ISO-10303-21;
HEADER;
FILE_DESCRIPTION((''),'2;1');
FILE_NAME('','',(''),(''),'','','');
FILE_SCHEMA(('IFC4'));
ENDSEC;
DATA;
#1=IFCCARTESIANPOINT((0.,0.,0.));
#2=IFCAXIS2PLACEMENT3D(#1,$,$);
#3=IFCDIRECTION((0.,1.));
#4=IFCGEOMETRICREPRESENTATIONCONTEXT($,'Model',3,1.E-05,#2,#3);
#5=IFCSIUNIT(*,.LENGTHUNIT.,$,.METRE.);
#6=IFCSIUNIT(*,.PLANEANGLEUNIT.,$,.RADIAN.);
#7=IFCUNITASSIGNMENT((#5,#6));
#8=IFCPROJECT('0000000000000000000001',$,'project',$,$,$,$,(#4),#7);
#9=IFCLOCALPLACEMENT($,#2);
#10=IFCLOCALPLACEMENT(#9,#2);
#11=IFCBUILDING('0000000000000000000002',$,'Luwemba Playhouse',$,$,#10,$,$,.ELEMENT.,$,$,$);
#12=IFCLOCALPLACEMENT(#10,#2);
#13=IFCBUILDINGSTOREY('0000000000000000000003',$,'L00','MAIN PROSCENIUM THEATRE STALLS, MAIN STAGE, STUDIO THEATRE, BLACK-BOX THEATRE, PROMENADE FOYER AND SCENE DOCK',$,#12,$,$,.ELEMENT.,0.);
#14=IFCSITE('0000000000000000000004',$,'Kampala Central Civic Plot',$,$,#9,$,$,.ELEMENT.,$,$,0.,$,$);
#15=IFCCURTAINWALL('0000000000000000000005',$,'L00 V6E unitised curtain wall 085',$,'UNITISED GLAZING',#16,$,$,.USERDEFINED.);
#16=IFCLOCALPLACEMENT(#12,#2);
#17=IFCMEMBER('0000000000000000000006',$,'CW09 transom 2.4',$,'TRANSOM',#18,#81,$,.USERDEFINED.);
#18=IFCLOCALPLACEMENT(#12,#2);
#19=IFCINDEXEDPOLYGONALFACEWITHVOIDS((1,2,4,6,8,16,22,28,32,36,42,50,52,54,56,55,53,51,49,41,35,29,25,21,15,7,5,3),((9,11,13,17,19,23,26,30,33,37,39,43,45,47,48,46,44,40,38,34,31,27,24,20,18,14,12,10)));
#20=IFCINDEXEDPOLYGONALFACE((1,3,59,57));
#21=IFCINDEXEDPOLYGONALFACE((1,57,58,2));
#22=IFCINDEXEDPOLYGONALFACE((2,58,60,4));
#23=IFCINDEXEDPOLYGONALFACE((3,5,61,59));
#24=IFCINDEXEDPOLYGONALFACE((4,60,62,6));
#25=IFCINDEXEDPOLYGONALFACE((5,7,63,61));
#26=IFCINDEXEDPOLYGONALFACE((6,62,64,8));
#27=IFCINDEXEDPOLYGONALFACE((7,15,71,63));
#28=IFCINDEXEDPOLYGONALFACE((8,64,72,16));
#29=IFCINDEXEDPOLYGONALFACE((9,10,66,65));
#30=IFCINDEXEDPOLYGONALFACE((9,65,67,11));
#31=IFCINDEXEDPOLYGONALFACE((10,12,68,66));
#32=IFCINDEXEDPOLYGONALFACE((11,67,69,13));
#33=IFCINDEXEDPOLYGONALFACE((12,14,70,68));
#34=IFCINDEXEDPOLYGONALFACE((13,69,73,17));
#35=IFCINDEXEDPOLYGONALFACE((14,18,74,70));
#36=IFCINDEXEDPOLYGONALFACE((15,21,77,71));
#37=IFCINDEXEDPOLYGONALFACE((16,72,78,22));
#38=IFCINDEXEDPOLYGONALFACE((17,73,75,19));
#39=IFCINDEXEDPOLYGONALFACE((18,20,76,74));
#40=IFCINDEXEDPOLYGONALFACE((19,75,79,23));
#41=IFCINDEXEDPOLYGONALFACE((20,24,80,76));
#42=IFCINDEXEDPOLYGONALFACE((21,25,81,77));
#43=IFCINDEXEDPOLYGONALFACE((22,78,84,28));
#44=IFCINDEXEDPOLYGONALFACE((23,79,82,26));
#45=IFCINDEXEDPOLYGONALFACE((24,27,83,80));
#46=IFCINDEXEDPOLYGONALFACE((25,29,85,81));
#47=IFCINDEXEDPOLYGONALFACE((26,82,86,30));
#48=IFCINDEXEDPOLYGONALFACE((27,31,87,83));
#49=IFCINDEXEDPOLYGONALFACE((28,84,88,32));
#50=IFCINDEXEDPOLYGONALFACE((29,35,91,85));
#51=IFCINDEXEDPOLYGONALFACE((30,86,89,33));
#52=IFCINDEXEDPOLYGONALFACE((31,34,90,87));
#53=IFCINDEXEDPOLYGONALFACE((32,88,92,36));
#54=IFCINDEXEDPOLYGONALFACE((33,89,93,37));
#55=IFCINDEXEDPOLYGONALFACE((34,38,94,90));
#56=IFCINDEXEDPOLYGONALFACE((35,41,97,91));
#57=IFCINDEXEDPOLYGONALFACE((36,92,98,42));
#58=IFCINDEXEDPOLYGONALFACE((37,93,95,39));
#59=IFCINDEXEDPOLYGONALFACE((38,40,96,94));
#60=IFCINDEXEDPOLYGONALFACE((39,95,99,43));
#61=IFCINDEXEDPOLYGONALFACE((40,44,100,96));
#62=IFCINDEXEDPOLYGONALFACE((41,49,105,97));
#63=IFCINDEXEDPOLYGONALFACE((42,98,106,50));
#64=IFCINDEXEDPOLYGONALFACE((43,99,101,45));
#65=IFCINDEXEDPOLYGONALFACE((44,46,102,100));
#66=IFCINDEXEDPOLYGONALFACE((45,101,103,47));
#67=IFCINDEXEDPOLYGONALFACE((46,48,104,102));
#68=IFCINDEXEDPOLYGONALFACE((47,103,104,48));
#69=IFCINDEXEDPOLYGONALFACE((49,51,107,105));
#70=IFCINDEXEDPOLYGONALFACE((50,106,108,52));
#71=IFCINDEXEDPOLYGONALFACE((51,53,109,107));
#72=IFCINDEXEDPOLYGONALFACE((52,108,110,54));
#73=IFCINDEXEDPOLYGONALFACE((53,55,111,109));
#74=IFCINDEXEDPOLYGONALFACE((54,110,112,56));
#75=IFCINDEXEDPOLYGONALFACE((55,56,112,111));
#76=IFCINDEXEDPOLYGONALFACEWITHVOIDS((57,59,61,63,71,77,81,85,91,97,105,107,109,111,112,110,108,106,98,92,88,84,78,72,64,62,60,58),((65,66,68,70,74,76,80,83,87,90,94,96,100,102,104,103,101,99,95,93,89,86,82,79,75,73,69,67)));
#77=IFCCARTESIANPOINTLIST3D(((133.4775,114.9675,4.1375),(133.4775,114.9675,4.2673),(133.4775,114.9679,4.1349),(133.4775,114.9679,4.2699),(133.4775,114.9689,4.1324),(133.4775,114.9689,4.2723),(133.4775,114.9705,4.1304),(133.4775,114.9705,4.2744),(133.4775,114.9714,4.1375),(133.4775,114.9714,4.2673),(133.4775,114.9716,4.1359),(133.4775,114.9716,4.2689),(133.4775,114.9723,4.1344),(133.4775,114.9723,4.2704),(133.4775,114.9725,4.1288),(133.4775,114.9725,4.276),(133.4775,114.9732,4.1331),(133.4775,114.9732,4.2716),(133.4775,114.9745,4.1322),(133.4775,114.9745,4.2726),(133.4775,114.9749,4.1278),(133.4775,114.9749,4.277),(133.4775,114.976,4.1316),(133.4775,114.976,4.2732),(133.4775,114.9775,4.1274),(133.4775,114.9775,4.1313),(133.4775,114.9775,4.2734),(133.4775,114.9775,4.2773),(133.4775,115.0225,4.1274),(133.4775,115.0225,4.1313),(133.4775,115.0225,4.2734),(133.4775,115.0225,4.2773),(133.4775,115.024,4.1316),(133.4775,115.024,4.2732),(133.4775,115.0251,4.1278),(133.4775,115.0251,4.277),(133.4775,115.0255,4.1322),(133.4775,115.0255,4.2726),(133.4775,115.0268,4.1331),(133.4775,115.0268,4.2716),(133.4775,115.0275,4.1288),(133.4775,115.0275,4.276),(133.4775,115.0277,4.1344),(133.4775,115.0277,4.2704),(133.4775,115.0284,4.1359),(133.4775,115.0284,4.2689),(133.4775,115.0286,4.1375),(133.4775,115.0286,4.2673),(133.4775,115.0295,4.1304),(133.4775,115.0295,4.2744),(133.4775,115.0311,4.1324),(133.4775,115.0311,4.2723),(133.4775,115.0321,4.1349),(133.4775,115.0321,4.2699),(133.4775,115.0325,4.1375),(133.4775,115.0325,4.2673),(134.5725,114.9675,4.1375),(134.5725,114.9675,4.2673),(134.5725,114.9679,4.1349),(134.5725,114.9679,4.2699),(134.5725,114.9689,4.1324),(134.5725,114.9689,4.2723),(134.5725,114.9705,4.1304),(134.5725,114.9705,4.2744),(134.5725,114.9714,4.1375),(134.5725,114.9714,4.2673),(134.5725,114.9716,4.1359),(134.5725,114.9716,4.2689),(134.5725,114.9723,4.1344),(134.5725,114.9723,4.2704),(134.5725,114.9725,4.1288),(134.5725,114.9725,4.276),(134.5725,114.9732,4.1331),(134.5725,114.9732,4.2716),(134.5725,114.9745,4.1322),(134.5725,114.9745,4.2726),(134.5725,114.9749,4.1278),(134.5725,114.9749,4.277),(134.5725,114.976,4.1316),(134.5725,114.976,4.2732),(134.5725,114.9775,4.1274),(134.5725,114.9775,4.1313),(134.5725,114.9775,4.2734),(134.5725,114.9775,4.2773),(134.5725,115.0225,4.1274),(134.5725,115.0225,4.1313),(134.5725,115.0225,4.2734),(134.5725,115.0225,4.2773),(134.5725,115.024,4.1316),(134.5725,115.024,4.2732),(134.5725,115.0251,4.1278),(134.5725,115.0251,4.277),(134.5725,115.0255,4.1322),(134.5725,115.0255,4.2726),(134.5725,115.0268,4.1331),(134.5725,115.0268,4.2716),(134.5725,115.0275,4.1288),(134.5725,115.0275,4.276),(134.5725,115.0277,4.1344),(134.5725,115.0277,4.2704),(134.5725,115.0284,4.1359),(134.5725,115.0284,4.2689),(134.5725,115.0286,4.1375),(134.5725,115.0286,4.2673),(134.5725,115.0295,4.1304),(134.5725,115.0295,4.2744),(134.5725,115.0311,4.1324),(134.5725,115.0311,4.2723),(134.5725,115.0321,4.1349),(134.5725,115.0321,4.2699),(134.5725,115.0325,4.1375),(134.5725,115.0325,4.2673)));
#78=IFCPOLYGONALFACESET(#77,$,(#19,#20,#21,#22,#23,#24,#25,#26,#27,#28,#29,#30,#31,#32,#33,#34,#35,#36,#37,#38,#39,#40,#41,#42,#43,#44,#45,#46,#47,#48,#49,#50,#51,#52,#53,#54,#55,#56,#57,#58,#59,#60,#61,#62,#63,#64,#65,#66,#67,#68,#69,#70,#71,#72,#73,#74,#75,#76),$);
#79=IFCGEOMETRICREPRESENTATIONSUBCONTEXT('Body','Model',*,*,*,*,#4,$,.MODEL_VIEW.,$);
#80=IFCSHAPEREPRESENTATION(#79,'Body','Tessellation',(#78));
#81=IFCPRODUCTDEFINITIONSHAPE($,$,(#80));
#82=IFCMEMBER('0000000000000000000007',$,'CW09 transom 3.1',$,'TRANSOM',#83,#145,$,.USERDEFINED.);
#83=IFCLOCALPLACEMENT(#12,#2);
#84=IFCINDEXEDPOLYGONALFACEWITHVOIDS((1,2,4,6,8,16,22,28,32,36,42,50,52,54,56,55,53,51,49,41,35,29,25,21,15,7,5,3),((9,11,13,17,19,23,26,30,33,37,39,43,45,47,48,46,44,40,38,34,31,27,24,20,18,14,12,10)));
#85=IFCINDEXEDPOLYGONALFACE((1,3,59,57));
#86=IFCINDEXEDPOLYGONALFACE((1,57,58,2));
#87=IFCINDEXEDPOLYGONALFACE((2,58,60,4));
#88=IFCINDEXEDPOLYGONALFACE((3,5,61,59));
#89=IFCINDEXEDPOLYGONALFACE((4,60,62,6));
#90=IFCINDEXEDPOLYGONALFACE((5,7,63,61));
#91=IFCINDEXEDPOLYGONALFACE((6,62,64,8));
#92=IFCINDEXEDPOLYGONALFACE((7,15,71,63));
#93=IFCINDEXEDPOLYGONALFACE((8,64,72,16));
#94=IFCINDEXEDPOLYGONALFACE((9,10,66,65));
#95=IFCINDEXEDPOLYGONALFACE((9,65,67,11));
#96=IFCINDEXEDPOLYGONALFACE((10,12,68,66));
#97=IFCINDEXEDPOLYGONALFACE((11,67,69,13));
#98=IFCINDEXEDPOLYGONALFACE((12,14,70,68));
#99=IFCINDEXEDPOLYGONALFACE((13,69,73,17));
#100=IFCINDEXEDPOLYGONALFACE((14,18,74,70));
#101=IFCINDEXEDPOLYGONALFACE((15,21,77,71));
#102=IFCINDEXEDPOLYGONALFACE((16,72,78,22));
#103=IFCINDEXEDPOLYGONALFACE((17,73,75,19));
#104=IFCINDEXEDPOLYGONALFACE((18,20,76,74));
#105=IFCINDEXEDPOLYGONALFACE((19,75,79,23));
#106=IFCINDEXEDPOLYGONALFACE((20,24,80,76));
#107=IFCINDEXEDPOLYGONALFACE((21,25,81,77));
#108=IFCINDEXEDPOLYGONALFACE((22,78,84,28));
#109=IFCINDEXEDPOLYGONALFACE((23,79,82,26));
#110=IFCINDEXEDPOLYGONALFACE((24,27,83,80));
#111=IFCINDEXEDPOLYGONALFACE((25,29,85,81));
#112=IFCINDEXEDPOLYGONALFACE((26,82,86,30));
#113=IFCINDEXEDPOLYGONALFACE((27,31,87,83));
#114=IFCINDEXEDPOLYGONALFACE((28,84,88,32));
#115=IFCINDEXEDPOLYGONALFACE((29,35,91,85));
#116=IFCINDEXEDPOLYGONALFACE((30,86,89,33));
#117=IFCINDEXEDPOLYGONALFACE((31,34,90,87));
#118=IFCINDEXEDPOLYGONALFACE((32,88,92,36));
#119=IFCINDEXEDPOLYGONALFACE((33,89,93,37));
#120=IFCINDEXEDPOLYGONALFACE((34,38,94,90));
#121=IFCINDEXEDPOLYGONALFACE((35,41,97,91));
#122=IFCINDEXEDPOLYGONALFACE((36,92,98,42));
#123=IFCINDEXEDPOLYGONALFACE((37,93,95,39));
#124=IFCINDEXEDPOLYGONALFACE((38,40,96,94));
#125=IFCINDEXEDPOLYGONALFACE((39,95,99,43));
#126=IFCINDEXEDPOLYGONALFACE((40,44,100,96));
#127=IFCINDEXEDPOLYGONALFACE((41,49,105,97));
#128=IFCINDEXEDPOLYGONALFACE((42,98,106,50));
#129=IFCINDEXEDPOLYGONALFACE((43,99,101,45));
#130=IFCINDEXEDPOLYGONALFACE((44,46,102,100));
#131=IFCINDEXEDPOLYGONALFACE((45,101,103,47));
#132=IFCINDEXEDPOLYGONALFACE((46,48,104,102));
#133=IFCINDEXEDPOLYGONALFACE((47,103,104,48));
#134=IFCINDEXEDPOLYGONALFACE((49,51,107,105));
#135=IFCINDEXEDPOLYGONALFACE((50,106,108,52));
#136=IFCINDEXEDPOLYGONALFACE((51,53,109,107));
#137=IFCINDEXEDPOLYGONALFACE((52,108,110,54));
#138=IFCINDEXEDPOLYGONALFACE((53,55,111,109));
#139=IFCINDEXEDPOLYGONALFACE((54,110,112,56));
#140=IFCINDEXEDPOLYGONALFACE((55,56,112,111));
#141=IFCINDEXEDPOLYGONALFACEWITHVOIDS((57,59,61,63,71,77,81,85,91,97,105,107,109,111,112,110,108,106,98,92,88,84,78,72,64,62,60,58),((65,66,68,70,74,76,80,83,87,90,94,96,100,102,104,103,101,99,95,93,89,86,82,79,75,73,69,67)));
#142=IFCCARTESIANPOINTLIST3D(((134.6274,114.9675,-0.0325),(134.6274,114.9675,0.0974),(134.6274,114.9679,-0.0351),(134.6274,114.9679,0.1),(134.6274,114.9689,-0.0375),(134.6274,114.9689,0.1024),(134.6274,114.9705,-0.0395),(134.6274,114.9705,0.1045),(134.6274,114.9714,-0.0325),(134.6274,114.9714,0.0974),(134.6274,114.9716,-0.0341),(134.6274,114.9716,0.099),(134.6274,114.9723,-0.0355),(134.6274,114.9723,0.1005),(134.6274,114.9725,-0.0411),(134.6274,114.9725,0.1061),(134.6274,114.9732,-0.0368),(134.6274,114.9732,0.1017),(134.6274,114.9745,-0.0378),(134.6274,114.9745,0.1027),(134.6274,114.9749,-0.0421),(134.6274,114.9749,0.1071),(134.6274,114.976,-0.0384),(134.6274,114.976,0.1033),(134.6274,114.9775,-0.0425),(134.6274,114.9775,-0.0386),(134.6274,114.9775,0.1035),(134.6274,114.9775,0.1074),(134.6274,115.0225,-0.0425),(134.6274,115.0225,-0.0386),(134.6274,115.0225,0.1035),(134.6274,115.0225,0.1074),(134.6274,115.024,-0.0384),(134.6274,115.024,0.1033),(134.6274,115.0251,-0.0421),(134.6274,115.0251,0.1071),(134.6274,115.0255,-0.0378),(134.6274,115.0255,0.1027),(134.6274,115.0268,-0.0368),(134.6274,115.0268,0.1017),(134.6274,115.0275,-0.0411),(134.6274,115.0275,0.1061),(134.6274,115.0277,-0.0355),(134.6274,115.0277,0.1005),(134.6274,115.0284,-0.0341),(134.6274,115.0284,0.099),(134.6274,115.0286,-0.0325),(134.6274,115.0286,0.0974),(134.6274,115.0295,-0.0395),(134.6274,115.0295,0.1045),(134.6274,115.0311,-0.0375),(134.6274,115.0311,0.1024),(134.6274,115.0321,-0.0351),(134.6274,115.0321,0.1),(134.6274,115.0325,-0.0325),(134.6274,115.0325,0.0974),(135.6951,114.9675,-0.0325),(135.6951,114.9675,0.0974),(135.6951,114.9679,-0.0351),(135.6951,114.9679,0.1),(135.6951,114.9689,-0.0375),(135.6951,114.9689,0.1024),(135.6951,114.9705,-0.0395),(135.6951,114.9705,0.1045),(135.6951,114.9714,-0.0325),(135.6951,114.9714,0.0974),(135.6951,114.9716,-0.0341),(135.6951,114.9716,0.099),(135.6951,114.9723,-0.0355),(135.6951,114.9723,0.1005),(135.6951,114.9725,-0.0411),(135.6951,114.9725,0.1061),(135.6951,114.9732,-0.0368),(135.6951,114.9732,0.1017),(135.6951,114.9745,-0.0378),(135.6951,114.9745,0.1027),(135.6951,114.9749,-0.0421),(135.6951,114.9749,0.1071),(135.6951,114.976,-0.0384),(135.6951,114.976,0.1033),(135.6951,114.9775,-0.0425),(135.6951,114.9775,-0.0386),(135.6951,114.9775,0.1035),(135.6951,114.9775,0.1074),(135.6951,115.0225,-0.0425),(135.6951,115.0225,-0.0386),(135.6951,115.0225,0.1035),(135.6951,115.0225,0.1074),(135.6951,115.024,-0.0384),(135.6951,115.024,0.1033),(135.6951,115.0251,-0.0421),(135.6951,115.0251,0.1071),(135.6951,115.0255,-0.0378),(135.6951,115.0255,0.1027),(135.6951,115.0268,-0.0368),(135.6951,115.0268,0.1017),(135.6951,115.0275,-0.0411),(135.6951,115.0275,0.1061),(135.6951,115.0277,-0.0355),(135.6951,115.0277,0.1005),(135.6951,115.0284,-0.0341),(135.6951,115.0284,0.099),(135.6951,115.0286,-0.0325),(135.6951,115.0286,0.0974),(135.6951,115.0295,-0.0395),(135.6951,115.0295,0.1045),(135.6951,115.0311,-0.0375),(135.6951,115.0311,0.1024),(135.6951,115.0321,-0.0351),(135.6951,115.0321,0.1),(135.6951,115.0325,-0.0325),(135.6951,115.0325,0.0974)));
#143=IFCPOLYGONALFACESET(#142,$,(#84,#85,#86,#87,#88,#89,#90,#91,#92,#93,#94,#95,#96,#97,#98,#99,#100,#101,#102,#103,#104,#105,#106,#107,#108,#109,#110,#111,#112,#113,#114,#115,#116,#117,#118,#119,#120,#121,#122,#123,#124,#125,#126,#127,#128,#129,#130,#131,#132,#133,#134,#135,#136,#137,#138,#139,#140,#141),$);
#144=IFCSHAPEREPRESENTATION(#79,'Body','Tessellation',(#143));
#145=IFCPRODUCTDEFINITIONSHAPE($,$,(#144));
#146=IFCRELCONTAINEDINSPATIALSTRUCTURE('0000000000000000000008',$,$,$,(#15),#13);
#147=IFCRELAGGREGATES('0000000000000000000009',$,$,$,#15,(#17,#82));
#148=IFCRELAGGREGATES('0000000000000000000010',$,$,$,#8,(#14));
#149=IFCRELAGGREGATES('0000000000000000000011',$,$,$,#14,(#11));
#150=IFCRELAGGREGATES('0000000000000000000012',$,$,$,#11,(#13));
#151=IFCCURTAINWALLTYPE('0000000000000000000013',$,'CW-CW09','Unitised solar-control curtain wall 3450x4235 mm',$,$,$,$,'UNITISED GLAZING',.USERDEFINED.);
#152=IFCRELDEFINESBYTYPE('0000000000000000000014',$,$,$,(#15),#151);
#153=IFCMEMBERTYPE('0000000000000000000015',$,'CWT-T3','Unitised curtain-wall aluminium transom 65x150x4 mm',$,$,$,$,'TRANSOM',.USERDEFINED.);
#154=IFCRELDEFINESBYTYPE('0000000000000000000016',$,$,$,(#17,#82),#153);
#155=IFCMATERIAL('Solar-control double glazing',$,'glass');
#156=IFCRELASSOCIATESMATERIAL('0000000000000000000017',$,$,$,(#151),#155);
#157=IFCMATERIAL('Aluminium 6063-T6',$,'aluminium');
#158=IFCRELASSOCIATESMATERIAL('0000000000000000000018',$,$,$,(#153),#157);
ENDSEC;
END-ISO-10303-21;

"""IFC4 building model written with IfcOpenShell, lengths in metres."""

from ifc_helpers import new_model, si_unit, direction, frame, origin, origin_2d, place, context, subcontext, project, spatial, hollow_rectangle, extrude, material, material_profile, profile_set, type_object, element, aggregate, save


model = new_model("IFC4")

# Units and contexts
model_context = context("Model", 3, precision=1e-05, world=origin(), true_north=direction((0.0, 1.0)))
body_context = subcontext(model_context, "Body", "Model", "MODEL_VIEW")
ifc_project = project(units=[si_unit("LENGTHUNIT", "METRE"), si_unit("PLANEANGLEUNIT", "RADIAN")], contexts=[model_context])

# Site, building, storey
site_placement = place(None, origin())
site = spatial("IfcSite", under=ifc_project, at=site_placement, Name="Kampala Central Civic Plot", CompositionType="ELEMENT", RefElevation=0.0)
building_placement = place(site_placement, origin())
building = spatial("IfcBuilding", under=site, at=building_placement, Name="Luwemba Playhouse", CompositionType="ELEMENT")
storey_placement = place(building_placement, origin())
storey = spatial("IfcBuildingStorey", under=building, at=storey_placement, Name="L00", Description="MAIN PROSCENIUM THEATRE STALLS, MAIN STAGE, STUDIO THEATRE, BLACK-BOX THEATRE, PROMENADE FOYER AND SCENE DOCK", CompositionType="ELEMENT", Elevation=0.0)

# Curtain wall, members
ifc_material_1 = material(Name="Solar-control double glazing", Category="glass")
curtain_wall_type = type_object("IfcCurtainWallType", Name="CW-CW09", Description="Unitised solar-control curtain wall 3450x4235 mm", ElementType="UNITISED GLAZING", PredefinedType="USERDEFINED", material=ifc_material_1)
curtain_wall_placement = place(storey_placement, origin())
curtain_wall = element("IfcCurtainWall", 1, at=curtain_wall_placement, inside=storey, type_object=curtain_wall_type, Name="L00 V6E unitised curtain wall 085", ObjectType="UNITISED GLAZING", PredefinedType="USERDEFINED")
ifc_material_2 = material(Name="Aluminium 6063-T6", Category="aluminium")
ifc_material_profile_1 = material_profile(ifc_material_2, hollow_rectangle(XDim=0.0649, YDim=0.1499, WallThickness=0.0039, InnerFilletRadius=0.0061, OuterFilletRadius=0.01, at=origin_2d()))
ifc_profile_set_1 = profile_set([ifc_material_profile_1], Name="Aluminium 6063-T6")
member_type_1 = type_object("IfcMemberType", Name="CWT-T3", Description="Unitised curtain-wall aluminium transom 65x150x4 mm", ElementType="TRANSOM", PredefinedType="USERDEFINED", material=ifc_profile_set_1)
member_1_placement = place(storey_placement, frame((133.4775, 115.0, 4.2024), z_axis=(1.0, 0.0, 0.0), x_axis=(0.0, 1.0, 0.0)))
member_1 = element("IfcMember", 2, at=member_1_placement, type_object=member_type_1, Name="CW09 transom 2.4", ObjectType="TRANSOM", PredefinedType="USERDEFINED", context=body_context, shape_type="SweptSolid", body=[
    extrude(hollow_rectangle(XDim=0.0649, YDim=0.1499, WallThickness=0.0039, InnerFilletRadius=0.0061, OuterFilletRadius=0.01, at=origin_2d()), origin(), (0.0, 0.0, 1.0), 1.095),
])
member_2_placement = place(storey_placement, frame((134.6274, 115.0, 0.0325), z_axis=(1.0, 0.0, 0.0), x_axis=(0.0, 1.0, 0.0)))
member_2 = element("IfcMember", 3, at=member_2_placement, type_object=member_type_1, Name="CW09 transom 3.1", ObjectType="TRANSOM", PredefinedType="USERDEFINED", context=body_context, shape_type="SweptSolid", body=[
    extrude(hollow_rectangle(XDim=0.0649, YDim=0.1499, WallThickness=0.0039, InnerFilletRadius=0.0061, OuterFilletRadius=0.01, at=origin_2d()), origin(), (0.0, 0.0, 1.0), 1.0676),
])
aggregate(curtain_wall, [member_1, member_2])

save(model, "model.ifc")
